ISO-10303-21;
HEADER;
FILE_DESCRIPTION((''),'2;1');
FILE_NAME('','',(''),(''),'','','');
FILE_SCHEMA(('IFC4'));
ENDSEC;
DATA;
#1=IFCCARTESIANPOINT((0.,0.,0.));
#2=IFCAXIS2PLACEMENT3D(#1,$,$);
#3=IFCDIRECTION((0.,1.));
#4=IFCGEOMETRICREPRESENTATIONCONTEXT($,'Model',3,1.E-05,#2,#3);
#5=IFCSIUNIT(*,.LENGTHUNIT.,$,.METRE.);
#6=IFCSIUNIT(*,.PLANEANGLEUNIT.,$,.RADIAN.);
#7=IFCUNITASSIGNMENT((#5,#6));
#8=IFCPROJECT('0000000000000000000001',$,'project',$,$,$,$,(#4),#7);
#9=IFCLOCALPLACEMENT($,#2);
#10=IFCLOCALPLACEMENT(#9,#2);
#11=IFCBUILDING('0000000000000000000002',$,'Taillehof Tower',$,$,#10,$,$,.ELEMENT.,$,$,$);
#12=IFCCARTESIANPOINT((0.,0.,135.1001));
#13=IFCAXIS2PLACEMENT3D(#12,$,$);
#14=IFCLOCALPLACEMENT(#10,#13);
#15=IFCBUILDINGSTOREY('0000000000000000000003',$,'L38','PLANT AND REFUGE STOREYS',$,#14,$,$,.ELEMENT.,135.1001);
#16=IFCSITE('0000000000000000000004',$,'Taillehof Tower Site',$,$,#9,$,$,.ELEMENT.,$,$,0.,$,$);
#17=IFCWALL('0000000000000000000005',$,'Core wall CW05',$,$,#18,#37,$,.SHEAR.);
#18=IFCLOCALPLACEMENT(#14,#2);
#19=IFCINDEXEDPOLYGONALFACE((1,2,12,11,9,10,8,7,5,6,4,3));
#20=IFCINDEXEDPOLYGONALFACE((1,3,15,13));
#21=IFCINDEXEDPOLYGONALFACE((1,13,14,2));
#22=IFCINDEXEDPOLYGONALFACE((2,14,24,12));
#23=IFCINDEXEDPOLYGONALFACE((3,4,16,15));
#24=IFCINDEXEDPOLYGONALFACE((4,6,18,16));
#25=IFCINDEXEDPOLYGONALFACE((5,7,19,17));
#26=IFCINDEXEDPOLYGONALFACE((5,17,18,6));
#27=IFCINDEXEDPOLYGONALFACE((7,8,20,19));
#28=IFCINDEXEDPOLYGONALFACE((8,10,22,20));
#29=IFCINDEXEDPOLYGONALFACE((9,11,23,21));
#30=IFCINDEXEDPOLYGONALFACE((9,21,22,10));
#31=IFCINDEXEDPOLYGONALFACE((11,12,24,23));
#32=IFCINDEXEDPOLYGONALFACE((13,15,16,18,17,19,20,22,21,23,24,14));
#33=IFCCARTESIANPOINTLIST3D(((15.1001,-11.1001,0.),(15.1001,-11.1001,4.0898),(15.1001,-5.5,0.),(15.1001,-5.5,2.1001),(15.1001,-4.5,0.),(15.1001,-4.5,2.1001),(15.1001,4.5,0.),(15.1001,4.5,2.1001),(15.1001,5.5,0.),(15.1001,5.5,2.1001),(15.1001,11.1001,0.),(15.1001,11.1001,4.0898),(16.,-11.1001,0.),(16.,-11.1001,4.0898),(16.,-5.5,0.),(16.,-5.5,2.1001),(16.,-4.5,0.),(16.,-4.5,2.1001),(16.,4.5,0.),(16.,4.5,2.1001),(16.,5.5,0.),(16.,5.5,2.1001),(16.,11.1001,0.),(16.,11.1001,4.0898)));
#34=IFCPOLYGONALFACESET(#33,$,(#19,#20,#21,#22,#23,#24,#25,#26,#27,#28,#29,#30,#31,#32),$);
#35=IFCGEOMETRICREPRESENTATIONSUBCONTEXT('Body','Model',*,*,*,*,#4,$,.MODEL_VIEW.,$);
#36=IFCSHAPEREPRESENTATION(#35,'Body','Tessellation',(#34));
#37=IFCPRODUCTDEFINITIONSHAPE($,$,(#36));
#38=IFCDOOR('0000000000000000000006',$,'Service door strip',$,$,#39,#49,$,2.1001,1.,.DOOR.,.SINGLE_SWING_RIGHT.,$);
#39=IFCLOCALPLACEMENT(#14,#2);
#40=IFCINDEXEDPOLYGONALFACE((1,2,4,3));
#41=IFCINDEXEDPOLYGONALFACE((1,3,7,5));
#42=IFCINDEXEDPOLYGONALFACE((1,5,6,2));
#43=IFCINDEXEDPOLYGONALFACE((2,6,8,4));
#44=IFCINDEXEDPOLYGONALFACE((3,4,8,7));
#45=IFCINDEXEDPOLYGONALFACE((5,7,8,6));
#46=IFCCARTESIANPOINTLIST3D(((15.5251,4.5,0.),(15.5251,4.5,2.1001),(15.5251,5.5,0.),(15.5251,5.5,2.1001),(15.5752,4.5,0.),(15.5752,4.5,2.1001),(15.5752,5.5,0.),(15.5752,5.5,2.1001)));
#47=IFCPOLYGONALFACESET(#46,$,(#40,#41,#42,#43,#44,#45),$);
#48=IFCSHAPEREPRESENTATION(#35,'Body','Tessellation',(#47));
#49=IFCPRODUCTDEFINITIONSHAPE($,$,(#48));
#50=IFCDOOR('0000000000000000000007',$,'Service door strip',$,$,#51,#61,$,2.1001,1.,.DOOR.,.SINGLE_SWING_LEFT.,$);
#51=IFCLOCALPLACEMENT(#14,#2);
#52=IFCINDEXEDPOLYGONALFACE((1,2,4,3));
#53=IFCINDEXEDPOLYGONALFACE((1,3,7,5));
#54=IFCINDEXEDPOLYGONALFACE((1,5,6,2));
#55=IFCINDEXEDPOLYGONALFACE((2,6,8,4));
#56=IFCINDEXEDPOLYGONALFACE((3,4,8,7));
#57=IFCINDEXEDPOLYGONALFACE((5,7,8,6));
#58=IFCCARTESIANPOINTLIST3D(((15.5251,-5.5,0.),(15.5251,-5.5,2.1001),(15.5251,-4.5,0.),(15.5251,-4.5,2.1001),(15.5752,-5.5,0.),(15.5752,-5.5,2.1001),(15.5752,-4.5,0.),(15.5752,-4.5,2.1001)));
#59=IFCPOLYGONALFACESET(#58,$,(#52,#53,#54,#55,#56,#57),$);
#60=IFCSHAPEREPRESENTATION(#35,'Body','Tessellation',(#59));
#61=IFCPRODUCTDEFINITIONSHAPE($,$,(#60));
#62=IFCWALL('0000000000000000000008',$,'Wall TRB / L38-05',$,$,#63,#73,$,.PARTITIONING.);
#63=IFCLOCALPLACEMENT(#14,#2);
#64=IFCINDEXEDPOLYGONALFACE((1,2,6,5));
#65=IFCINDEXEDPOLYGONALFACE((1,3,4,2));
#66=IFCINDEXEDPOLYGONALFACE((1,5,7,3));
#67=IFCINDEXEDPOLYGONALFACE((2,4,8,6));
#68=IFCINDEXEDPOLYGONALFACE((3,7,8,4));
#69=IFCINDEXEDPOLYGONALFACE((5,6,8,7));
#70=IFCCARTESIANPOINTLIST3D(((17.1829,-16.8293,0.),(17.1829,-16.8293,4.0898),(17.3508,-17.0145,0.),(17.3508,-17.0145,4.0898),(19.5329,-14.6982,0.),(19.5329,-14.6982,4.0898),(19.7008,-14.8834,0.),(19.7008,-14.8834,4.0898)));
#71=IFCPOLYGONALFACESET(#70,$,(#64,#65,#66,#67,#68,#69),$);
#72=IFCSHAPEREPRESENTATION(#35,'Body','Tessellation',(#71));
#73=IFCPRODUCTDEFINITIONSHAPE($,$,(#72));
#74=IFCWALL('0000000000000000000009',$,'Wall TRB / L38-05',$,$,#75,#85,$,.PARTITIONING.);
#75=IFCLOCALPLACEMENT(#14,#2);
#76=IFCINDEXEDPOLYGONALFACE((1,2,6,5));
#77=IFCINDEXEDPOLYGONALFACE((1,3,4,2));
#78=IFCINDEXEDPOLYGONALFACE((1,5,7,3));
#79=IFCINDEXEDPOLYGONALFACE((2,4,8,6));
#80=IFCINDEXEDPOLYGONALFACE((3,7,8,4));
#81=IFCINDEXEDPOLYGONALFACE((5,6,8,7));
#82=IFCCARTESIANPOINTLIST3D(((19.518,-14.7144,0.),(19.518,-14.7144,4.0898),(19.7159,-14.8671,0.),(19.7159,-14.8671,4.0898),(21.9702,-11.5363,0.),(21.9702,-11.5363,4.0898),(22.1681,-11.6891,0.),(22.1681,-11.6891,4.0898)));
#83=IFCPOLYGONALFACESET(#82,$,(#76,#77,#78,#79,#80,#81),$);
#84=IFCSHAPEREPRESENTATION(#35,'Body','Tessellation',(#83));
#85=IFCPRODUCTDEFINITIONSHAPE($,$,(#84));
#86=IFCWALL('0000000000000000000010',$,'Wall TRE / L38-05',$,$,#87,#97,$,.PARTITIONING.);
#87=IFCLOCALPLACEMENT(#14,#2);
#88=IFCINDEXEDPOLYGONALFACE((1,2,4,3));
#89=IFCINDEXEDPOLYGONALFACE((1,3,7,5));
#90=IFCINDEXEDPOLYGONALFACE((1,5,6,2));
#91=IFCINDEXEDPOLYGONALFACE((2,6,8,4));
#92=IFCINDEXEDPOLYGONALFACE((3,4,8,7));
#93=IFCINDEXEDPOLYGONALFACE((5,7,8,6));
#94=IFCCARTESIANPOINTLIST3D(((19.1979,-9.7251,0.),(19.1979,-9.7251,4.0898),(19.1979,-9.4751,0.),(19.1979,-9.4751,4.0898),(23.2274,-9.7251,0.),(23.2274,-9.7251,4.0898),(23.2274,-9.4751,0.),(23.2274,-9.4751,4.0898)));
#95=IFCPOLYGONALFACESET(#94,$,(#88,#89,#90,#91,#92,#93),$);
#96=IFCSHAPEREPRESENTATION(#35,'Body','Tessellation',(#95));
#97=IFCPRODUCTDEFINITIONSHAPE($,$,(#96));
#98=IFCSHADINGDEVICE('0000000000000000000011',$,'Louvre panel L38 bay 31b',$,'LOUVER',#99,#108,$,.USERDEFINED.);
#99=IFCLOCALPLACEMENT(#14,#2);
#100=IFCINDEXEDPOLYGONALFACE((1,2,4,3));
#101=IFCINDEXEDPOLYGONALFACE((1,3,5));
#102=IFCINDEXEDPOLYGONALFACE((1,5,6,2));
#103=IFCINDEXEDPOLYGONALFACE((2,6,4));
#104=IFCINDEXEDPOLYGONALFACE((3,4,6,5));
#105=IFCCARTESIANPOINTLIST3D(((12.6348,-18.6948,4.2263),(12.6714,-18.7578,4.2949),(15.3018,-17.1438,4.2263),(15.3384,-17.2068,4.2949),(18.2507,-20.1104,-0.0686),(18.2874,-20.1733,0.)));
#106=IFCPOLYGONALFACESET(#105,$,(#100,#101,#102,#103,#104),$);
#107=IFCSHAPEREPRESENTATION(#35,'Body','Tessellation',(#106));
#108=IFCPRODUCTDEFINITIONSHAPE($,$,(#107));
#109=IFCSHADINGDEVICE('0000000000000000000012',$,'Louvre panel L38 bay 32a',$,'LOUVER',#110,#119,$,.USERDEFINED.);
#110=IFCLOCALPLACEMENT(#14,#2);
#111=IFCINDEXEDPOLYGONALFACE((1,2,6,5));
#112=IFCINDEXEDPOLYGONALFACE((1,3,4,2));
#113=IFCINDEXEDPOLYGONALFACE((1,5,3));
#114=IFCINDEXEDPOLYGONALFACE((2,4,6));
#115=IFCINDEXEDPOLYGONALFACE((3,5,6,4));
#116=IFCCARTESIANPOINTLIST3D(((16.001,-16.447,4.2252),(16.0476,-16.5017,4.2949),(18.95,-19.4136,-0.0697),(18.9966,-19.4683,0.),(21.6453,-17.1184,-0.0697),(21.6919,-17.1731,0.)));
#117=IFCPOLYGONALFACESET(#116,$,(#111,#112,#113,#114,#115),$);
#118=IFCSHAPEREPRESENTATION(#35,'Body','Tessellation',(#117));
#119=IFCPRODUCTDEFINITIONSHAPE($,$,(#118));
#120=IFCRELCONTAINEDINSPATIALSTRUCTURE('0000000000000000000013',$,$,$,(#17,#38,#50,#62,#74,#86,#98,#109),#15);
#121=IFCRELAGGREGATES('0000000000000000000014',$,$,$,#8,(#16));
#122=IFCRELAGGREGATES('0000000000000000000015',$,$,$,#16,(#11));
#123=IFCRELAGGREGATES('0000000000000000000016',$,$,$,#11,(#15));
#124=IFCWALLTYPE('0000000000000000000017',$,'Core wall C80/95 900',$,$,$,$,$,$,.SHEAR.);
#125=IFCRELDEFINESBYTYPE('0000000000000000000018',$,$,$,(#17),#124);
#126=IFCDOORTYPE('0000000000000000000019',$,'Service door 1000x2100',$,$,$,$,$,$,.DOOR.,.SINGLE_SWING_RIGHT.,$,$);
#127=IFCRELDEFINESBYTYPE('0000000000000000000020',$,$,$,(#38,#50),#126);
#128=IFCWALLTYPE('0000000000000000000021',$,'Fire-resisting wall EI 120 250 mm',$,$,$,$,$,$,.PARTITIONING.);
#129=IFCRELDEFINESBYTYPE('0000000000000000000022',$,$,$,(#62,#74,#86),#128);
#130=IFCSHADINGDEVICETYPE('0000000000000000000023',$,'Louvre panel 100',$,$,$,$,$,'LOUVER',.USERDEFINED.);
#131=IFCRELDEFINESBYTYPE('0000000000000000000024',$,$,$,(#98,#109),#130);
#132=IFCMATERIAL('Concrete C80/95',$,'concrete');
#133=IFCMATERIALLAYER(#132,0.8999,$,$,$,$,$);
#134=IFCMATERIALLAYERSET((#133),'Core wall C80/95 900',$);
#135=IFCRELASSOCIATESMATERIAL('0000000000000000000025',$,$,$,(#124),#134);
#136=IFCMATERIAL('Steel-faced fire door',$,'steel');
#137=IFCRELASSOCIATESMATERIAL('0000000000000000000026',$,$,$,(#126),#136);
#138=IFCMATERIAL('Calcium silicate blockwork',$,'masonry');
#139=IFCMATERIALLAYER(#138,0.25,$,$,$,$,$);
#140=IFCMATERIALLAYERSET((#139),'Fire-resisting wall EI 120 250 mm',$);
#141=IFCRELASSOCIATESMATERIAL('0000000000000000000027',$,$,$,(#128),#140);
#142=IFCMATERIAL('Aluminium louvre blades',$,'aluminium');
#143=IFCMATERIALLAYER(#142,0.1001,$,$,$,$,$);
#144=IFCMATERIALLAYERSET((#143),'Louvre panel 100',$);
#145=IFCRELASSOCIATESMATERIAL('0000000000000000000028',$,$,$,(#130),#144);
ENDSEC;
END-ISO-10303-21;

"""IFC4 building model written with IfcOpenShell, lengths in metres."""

from ifc_helpers import new_model, si_unit, direction, frame, frame_2d, origin, place, context, subcontext, project, spatial, polyline, rectangle, outline, extrude, material, layer, layer_set, type_object, element, fill, save


model = new_model("IFC4")

# Units and contexts
model_context = context("Model", 3, precision=1e-05, world=origin(), true_north=direction((0.0, 1.0)))
body_context = subcontext(model_context, "Body", "Model", "MODEL_VIEW")
ifc_project = project(units=[si_unit("LENGTHUNIT", "METRE"), si_unit("PLANEANGLEUNIT", "RADIAN")], contexts=[model_context])

# Site, building, storey
site_placement = place(None, origin())
site = spatial("IfcSite", under=ifc_project, at=site_placement, Name="Taillehof Tower Site", CompositionType="ELEMENT", RefElevation=0.0)
building_placement = place(site_placement, origin())
building = spatial("IfcBuilding", under=site, at=building_placement, Name="Taillehof Tower", CompositionType="ELEMENT")
storey_placement = place(building_placement, frame((0.0, 0.0, 135.1001)))
storey = spatial("IfcBuildingStorey", under=building, at=storey_placement, Name="L38", Description="PLANT AND REFUGE STOREYS", CompositionType="ELEMENT", Elevation=135.1001)

# Shared definitions
ifc_material_1 = material(Name="Concrete C80/95", Category="concrete")
ifc_layer_1 = layer(ifc_material_1, 0.8999)
ifc_layer_set_1 = layer_set([ifc_layer_1], Name="Core wall C80/95 900")
wall_type_1 = type_object("IfcWallType", Name="Core wall C80/95 900", PredefinedType="SHEAR", material=ifc_layer_set_1)

# Wall, openings, doors
wall_1_placement = place(storey_placement, frame((15.55, -11.1001, 0.0), z_axis=(0.0, 0.0, 1.0), x_axis=(0.0, 1.0, 0.0)))
wall_1 = element("IfcWall", 1, at=wall_1_placement, inside=storey, type_object=wall_type_1, Name="Core wall CW05", PredefinedType="SHEAR", context=body_context, shape_type="SweptSolid", body=[
    extrude(rectangle(XDim=22.2002, YDim=0.8999, at=frame_2d((11.1001, 0.0))), origin(), (0.0, 0.0, 1.0), 4.0898),
])
opening_1_placement = place(wall_1_placement, frame((15.6001, 0.0, 0.0)))
opening_1 = element("IfcOpeningElement", 2, at=opening_1_placement, cuts=wall_1, PredefinedType="OPENING", context=body_context, shape_type="SweptSolid", body=[
    extrude(rectangle(XDim=1.0, YDim=2.1001, at=frame_2d((0.5, 1.05))), frame((0.0, 0.46, 0.0), z_axis=(0.0, -1.0, 0.0), x_axis=(1.0, 0.0, 0.0)), (0.0, 0.0, 1.0), 0.9199),
])
opening_2_placement = place(wall_1_placement, frame((5.6001, 0.0, 0.0)))
opening_2 = element("IfcOpeningElement", 3, at=opening_2_placement, cuts=wall_1, PredefinedType="OPENING", context=body_context, shape_type="SweptSolid", body=[
    extrude(rectangle(XDim=1.0, YDim=2.1001, at=frame_2d((0.5, 1.05))), frame((0.0, 0.46, 0.0), z_axis=(0.0, -1.0, 0.0), x_axis=(1.0, 0.0, 0.0)), (0.0, 0.0, 1.0), 0.9199),
])
ifc_material_2 = material(Name="Steel-faced fire door", Category="steel")
door_type = type_object("IfcDoorType", Name="Service door 1000x2100", OperationType="SINGLE_SWING_RIGHT", PredefinedType="DOOR", material=ifc_material_2)
door_1_placement = place(opening_1_placement, origin())
door_1 = element("IfcDoor", 4, at=door_1_placement, inside=storey, type_object=door_type, Name="Service door strip", OperationType="SINGLE_SWING_RIGHT", OverallHeight=2.1001, OverallWidth=1.0, PredefinedType="DOOR", context=body_context, shape_type="SweptSolid", body=[
    extrude(rectangle(XDim=1.0, YDim=2.1001, at=frame_2d((0.5, 1.05))), frame((0.0, 0.0249, 0.0), z_axis=(0.0, -1.0, 0.0), x_axis=(1.0, 0.0, 0.0)), (0.0, 0.0, 1.0), 0.05),
])
fill(opening_1, door_1)
door_2_placement = place(opening_2_placement, origin())
door_2 = element("IfcDoor", 5, at=door_2_placement, inside=storey, type_object=door_type, Name="Service door strip", OperationType="SINGLE_SWING_LEFT", OverallHeight=2.1001, OverallWidth=1.0, PredefinedType="DOOR", context=body_context, shape_type="SweptSolid", body=[
    extrude(rectangle(XDim=1.0, YDim=2.1001, at=frame_2d((0.5, 1.05))), frame((0.0, 0.0249, 0.0), z_axis=(0.0, -1.0, 0.0), x_axis=(1.0, 0.0, 0.0)), (0.0, 0.0, 1.0), 0.05),
])
fill(opening_2, door_2)

# Walls
ifc_material_3 = material(Name="Calcium silicate blockwork", Category="masonry")
ifc_layer_2 = layer(ifc_material_3, 0.25)
ifc_layer_set_2 = layer_set([ifc_layer_2], Name="Fire-resisting wall EI 120 250 mm")
wall_type_2 = type_object("IfcWallType", Name="Fire-resisting wall EI 120 250 mm", PredefinedType="PARTITIONING", material=ifc_layer_set_2)
wall_2_placement = place(storey_placement, frame((17.2668, -16.9219, 0.0), z_axis=(0.0, 0.0, 1.0), x_axis=(0.740779, 0.671749, 0.0)))
element("IfcWall", 6, at=wall_2_placement, inside=storey, type_object=wall_type_2, Name="Wall TRB / L38-05", PredefinedType="PARTITIONING", context=body_context, shape_type="SweptSolid", body=[
    extrude(rectangle(XDim=3.1724, YDim=0.25, at=frame_2d((1.5862, 0.0))), origin(), (0.0, 0.0, 1.0), 4.0898),
])
wall_3_placement = place(storey_placement, frame((19.6169, -14.7908, 0.0), z_axis=(0.0, 0.0, 1.0), x_axis=(0.610892, 0.791714, 0.0)))
element("IfcWall", 7, at=wall_3_placement, inside=storey, type_object=wall_type_2, Name="Wall TRB / L38-05", PredefinedType="PARTITIONING", context=body_context, shape_type="SweptSolid", body=[
    extrude(rectangle(XDim=4.0142, YDim=0.25, at=frame_2d((2.0071, 0.0))), origin(), (0.0, 0.0, 1.0), 4.0898),
])
wall_4_placement = place(storey_placement, frame((19.198, -9.6001, 0.0), z_axis=(0.0, 0.0, 1.0), x_axis=(1.0, 0.0, 0.0)))
element("IfcWall", 8, at=wall_4_placement, inside=storey, type_object=wall_type_2, Name="Wall TRE / L38-05", PredefinedType="PARTITIONING", context=body_context, shape_type="SweptSolid", body=[
    extrude(rectangle(XDim=4.0295, YDim=0.25, at=frame_2d((2.0146, 0.0))), origin(), (0.0, 0.0, 1.0), 4.0898),
])

# Shading devices
ifc_material_4 = material(Name="Aluminium louvre blades", Category="aluminium")
ifc_layer_3 = layer(ifc_material_4, 0.1001)
ifc_layer_set_3 = layer_set([ifc_layer_3], Name="Louvre panel 100")
shading_device_type = type_object("IfcShadingDeviceType", Name="Louvre panel 100", ElementType="LOUVER", PredefinedType="USERDEFINED", material=ifc_layer_set_3)
shading_device_1_placement = place(storey_placement, frame((18.2874, -20.1733, 0.0), z_axis=(0.365889, -0.629146, 0.685785), x_axis=(-0.491884, 0.494816, 0.716385)))
element("IfcShadingDevice", 9, at=shading_device_1_placement, inside=storey, type_object=shading_device_type, Name="Louvre panel L38 bay 31b", ObjectType="LOUVER", PredefinedType="USERDEFINED", context=body_context, shape_type="SweptSolid", body=[
    extrude(outline(polyline([(0.0, 0.0), (5.9953, 0.0), (6.5396, 3.0368), (0.0, 0.0)])), origin(), (0.0, 0.0, -1.0), 0.1001),
])
shading_device_2_placement = place(storey_placement, frame((18.9966, -19.4683, 0.0), z_axis=(0.465124, -0.546215, 0.696641), x_axis=(0.76136, 0.648329, 0.0)))
element("IfcShadingDevice", 10, at=shading_device_2_placement, inside=storey, type_object=shading_device_type, Name="Louvre panel L38 bay 32a", ObjectType="LOUVER", PredefinedType="USERDEFINED", context=body_context, shape_type="SweptSolid", body=[
    extrude(outline(polyline([(0.0, 0.0), (3.5401, 0.0), (-0.3219, 5.9866), (0.0, 0.0)])), origin(), (0.0, 0.0, -1.0), 0.1001),
])

save(model, "model.ifc")
